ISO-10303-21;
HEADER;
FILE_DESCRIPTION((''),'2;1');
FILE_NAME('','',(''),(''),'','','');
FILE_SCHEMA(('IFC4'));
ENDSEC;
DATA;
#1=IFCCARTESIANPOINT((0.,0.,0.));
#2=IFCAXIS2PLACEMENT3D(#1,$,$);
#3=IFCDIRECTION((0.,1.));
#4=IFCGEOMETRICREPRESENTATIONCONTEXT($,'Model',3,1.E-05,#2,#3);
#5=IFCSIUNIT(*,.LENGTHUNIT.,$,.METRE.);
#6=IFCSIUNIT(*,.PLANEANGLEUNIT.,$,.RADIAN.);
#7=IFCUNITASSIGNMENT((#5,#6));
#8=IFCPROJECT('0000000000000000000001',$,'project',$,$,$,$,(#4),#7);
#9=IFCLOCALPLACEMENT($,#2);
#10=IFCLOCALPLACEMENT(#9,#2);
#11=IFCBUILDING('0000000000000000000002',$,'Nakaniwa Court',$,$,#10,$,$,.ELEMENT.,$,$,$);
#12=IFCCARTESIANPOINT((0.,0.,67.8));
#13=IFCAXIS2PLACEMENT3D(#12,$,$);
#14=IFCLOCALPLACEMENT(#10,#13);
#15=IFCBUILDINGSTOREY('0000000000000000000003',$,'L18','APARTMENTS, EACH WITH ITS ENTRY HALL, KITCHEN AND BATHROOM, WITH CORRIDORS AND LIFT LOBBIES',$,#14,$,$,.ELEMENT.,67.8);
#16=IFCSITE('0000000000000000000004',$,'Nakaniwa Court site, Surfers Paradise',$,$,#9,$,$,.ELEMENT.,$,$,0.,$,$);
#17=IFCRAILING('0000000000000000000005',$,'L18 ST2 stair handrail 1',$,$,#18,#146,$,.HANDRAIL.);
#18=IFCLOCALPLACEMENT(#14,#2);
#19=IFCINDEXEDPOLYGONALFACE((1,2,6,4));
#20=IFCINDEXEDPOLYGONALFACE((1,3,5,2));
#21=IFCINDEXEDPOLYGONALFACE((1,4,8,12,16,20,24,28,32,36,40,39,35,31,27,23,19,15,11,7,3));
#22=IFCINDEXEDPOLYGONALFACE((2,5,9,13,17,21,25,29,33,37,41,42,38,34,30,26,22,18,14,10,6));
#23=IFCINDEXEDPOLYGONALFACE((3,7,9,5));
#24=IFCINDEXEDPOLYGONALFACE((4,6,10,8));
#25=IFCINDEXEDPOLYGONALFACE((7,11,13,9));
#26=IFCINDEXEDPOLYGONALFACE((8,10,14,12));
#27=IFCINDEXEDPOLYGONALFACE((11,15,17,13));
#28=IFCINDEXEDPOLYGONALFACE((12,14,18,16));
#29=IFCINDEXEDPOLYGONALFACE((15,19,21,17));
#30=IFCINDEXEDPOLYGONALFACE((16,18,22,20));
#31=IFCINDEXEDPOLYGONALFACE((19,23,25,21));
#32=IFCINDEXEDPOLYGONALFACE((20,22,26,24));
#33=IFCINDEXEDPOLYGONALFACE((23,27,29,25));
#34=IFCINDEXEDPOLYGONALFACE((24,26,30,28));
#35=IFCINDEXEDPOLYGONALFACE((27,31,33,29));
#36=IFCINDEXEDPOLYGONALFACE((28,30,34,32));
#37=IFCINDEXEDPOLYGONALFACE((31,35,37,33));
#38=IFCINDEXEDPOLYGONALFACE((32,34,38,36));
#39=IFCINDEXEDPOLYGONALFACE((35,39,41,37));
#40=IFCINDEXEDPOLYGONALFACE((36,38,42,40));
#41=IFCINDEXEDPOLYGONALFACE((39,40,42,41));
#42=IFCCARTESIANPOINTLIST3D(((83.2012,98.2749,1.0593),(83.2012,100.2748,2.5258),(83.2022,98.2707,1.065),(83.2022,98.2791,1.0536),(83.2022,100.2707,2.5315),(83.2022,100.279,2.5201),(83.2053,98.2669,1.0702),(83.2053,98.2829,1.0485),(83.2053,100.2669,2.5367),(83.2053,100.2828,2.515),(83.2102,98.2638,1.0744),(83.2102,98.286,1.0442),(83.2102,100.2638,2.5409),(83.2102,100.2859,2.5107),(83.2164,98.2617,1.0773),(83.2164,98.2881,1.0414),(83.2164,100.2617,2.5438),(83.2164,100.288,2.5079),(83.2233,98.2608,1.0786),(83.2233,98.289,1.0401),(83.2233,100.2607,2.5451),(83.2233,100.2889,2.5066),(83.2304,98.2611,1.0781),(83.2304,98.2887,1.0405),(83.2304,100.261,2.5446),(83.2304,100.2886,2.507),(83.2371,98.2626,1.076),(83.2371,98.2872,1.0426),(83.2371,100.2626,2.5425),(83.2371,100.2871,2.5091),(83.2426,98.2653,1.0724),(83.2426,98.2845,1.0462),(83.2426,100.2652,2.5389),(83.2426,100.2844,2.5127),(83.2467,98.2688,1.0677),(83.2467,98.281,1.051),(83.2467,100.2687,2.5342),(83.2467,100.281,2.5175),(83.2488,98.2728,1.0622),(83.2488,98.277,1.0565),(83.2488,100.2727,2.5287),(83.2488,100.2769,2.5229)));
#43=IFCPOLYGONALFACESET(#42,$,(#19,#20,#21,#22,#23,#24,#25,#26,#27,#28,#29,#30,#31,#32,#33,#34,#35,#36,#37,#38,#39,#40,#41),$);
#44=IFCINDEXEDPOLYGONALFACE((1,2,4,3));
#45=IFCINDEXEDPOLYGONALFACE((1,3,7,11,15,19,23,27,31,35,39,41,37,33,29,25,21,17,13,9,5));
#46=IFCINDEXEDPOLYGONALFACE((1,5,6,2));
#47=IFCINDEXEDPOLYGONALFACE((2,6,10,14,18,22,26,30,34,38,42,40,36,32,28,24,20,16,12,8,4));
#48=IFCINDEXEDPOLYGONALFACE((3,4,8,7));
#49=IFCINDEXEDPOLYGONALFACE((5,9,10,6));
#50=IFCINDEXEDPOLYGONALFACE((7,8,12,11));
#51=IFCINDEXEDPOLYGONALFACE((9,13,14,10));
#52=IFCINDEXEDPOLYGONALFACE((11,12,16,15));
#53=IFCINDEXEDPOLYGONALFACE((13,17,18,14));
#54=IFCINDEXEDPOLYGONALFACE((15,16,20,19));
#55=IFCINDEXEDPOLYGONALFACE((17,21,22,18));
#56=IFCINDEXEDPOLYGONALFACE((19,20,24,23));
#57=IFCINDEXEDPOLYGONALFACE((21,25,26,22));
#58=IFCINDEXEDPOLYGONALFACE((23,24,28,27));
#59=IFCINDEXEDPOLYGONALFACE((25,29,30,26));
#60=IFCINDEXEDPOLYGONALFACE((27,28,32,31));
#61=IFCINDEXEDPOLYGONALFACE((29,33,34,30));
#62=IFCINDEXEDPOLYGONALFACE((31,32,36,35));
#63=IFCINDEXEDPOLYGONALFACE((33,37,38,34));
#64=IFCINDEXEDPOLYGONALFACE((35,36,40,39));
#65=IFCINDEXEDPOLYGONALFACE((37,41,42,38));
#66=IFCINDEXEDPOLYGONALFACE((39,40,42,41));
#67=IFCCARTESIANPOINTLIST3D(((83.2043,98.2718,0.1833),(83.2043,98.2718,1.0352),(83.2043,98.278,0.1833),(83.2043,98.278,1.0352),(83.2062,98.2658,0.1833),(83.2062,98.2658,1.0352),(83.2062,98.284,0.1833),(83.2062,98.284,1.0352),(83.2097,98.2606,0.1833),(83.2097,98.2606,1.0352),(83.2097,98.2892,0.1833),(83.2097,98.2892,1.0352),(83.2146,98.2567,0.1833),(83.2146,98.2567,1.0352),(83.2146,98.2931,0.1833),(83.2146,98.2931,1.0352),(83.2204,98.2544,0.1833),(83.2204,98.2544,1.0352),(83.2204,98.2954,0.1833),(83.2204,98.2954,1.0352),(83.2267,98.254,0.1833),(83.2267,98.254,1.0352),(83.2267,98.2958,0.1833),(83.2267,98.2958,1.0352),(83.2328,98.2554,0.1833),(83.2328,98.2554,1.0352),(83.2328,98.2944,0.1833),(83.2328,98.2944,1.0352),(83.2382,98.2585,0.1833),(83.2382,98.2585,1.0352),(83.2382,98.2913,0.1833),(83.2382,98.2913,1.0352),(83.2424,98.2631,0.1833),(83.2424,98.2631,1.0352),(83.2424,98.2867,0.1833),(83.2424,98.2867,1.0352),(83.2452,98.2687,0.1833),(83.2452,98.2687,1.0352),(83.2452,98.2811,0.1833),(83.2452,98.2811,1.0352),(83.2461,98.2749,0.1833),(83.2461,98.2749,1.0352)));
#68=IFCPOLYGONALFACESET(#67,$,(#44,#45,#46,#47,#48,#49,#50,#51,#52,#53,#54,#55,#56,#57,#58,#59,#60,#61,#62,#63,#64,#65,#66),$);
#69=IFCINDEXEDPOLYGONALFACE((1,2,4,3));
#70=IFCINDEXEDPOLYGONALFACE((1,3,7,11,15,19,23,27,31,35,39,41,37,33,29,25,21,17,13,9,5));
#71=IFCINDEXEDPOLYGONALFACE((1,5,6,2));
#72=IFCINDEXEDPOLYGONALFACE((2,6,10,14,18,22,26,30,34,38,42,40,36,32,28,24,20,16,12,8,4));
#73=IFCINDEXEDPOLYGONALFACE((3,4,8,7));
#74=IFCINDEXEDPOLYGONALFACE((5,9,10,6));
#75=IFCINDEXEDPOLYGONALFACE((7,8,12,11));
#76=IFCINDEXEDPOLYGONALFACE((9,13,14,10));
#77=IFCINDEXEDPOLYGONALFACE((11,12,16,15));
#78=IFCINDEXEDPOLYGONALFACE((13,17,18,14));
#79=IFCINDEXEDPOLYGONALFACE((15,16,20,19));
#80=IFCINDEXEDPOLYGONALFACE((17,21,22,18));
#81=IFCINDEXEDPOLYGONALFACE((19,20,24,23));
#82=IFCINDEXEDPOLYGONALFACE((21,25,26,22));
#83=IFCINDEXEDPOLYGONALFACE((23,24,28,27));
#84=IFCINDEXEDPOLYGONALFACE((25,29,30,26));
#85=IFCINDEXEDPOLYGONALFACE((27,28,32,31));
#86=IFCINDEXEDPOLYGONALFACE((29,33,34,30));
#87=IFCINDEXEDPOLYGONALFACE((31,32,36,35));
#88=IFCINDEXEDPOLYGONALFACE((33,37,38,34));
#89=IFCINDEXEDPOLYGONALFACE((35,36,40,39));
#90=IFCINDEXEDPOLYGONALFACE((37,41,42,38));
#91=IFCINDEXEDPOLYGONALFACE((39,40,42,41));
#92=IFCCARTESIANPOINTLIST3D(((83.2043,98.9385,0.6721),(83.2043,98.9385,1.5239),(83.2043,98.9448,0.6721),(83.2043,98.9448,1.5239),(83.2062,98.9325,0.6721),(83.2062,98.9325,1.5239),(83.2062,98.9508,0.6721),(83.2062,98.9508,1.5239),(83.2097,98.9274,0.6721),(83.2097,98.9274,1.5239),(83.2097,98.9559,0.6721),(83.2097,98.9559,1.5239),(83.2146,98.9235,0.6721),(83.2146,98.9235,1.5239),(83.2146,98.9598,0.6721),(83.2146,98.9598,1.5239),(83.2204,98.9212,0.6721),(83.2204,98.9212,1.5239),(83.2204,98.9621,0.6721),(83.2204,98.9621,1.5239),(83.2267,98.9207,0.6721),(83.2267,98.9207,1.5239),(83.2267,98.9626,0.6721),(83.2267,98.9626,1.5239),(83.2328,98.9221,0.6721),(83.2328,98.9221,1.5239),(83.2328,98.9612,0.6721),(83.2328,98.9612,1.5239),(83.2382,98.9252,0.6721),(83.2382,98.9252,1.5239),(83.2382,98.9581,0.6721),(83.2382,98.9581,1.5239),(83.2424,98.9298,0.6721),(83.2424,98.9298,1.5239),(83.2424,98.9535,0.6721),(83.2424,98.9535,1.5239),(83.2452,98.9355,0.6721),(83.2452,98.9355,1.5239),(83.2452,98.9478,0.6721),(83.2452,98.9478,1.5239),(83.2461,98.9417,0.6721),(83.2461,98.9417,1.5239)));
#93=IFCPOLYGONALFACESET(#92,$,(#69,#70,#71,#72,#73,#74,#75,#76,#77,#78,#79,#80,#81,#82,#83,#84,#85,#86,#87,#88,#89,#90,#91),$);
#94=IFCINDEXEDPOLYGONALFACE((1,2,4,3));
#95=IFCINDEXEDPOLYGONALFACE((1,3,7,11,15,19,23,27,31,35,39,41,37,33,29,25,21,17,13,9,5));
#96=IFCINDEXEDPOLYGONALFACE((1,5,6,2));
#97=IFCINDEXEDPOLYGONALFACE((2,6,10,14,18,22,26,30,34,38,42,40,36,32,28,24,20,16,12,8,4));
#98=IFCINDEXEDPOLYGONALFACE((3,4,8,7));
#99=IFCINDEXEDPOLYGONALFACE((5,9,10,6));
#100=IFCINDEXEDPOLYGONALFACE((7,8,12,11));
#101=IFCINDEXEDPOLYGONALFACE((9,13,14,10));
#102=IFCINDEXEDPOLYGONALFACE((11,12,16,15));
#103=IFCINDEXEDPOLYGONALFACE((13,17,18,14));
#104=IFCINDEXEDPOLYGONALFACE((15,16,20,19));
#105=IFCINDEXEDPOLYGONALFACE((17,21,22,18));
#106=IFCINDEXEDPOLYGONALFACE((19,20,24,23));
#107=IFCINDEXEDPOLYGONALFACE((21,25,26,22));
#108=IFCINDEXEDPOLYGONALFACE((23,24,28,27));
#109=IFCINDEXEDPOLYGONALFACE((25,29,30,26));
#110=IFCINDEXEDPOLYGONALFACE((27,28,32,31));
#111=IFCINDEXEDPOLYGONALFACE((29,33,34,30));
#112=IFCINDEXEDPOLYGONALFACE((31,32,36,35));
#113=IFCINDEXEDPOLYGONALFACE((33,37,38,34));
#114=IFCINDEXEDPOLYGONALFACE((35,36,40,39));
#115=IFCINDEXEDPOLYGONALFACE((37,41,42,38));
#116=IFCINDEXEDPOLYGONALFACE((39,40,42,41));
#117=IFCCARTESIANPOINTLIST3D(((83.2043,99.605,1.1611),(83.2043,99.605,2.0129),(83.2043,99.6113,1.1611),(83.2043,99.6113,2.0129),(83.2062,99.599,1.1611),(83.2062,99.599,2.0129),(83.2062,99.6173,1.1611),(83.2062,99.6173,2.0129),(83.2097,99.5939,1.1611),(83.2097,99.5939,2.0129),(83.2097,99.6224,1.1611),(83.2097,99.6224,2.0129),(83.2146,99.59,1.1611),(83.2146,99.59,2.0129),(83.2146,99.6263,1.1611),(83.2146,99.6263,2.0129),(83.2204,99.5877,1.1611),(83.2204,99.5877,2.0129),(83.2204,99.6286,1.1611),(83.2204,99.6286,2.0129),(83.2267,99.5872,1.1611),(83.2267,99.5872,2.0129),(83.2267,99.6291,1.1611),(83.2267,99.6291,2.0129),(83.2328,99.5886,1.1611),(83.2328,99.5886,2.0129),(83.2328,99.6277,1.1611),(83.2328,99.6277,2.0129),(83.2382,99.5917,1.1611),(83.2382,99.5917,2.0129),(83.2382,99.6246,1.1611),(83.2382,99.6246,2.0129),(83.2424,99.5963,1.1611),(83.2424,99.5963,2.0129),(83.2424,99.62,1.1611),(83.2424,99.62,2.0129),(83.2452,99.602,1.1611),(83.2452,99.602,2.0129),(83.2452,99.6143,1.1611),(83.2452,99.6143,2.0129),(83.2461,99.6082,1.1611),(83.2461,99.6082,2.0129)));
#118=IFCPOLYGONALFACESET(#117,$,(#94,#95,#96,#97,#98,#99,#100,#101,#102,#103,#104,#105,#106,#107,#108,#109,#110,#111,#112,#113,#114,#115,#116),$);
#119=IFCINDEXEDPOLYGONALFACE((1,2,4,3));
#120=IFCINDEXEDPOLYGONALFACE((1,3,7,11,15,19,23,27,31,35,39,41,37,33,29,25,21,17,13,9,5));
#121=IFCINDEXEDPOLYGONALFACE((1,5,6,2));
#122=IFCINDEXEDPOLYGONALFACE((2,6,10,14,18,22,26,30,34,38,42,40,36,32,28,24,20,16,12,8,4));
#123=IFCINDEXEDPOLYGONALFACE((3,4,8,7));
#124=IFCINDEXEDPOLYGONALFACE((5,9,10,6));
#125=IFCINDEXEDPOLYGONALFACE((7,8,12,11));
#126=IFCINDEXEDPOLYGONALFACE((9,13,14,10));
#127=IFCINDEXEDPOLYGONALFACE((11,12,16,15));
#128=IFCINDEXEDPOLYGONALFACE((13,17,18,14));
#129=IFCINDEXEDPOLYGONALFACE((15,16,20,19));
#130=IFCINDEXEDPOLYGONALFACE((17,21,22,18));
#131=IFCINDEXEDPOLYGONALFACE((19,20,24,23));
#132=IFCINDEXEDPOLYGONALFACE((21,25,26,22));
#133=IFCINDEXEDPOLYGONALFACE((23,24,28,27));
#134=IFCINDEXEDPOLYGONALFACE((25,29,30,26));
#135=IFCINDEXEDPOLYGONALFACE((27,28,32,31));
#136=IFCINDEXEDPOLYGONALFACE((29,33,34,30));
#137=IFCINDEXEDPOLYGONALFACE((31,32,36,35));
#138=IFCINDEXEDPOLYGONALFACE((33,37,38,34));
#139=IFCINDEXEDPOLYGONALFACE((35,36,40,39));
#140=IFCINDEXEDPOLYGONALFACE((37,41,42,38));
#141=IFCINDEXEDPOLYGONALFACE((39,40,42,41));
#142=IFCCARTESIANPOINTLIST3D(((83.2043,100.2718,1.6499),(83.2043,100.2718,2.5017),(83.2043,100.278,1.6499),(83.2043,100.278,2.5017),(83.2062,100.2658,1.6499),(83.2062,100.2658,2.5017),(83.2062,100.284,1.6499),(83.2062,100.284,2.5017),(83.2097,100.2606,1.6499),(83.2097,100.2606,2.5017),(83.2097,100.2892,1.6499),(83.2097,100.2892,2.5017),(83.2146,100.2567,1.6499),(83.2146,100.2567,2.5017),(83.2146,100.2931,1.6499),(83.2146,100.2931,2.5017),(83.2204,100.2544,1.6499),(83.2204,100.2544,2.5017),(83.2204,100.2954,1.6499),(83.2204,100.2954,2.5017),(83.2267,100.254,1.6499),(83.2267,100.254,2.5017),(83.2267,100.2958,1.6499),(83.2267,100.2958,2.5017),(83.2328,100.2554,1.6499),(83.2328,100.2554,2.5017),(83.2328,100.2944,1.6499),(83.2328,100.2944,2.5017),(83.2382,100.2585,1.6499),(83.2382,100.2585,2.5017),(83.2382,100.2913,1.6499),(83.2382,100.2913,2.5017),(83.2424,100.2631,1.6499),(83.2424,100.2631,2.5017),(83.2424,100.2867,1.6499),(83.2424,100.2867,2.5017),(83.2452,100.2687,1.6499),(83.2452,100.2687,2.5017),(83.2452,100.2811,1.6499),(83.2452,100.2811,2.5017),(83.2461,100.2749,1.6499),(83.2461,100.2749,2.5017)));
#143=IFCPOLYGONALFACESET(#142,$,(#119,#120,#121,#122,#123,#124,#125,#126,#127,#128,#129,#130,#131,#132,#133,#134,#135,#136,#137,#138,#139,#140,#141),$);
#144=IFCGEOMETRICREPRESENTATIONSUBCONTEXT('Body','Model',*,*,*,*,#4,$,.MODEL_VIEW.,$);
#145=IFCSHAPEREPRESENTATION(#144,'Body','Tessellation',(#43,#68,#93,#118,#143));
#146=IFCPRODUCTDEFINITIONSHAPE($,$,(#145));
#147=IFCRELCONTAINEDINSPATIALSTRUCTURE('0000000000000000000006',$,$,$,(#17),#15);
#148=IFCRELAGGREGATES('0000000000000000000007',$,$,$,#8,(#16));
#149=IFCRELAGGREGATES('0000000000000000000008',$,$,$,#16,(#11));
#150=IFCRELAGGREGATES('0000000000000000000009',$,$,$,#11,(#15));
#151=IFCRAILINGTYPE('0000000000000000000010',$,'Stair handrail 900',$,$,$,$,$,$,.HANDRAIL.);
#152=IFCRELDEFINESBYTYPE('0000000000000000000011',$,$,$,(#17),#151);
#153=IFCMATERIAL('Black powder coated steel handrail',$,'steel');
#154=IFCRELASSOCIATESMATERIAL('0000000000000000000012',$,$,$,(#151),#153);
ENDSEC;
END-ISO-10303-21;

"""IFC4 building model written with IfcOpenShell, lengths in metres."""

from ifc_helpers import new_model, si_unit, direction, frame, origin, origin_2d, place, context, subcontext, project, spatial, circle, extrude, material, type_object, element, save


model = new_model("IFC4")

# Units and contexts
model_context = context("Model", 3, precision=1e-05, world=origin(), true_north=direction((0.0, 1.0)))
body_context = subcontext(model_context, "Body", "Model", "MODEL_VIEW")
ifc_project = project(units=[si_unit("LENGTHUNIT", "METRE"), si_unit("PLANEANGLEUNIT", "RADIAN")], contexts=[model_context])

# Site, building, storey
site_placement = place(None, origin())
site = spatial("IfcSite", under=ifc_project, at=site_placement, Name="Nakaniwa Court site, Surfers Paradise", CompositionType="ELEMENT", RefElevation=0.0)
building_placement = place(site_placement, origin())
building = spatial("IfcBuilding", under=site, at=building_placement, Name="Nakaniwa Court", CompositionType="ELEMENT")
storey_placement = place(building_placement, frame((0.0, 0.0, 67.8)))
storey = spatial("IfcBuildingStorey", under=building, at=storey_placement, Name="L18", Description="APARTMENTS, EACH WITH ITS ENTRY HALL, KITCHEN AND BATHROOM, WITH CORRIDORS AND LIFT LOBBIES", CompositionType="ELEMENT", Elevation=67.8)

# Railing
ifc_material_1 = material(Name="Black powder coated steel handrail", Category="steel")
railing_type_1 = type_object("IfcRailingType", Name="Stair handrail 900", PredefinedType="HANDRAIL", material=ifc_material_1)
railing_1_placement = place(storey_placement, frame((83.2251, 98.2749, 0.1833)))
element("IfcRailing", 1, at=railing_1_placement, inside=storey, type_object=railing_type_1, Name="L18 ST2 stair handrail 1", PredefinedType="HANDRAIL", context=body_context, shape_type="SweptSolid", body=[
    extrude(circle(Radius=0.0239, at=origin_2d()), frame((0.0, 0.0, 0.876), z_axis=(0.0, 0.806427, 0.591334), x_axis=(-1.0, 0.0, 0.0)), (0.0, 0.0, 1.0), 2.48),
    extrude(circle(Radius=0.021, at=origin_2d()), origin(), (0.0, 0.0, 1.0), 0.8518),
    extrude(circle(Radius=0.021, at=origin_2d()), frame((0.0, 0.6667, 0.4888)), (0.0, 0.0, 1.0), 0.8518),
    extrude(circle(Radius=0.021, at=origin_2d()), frame((0.0, 1.3333, 0.9778)), (0.0, 0.0, 1.0), 0.8518),
    extrude(circle(Radius=0.021, at=origin_2d()), frame((0.0, 2.0, 1.4666)), (0.0, 0.0, 1.0), 0.8518),
])

save(model, "model.ifc")
